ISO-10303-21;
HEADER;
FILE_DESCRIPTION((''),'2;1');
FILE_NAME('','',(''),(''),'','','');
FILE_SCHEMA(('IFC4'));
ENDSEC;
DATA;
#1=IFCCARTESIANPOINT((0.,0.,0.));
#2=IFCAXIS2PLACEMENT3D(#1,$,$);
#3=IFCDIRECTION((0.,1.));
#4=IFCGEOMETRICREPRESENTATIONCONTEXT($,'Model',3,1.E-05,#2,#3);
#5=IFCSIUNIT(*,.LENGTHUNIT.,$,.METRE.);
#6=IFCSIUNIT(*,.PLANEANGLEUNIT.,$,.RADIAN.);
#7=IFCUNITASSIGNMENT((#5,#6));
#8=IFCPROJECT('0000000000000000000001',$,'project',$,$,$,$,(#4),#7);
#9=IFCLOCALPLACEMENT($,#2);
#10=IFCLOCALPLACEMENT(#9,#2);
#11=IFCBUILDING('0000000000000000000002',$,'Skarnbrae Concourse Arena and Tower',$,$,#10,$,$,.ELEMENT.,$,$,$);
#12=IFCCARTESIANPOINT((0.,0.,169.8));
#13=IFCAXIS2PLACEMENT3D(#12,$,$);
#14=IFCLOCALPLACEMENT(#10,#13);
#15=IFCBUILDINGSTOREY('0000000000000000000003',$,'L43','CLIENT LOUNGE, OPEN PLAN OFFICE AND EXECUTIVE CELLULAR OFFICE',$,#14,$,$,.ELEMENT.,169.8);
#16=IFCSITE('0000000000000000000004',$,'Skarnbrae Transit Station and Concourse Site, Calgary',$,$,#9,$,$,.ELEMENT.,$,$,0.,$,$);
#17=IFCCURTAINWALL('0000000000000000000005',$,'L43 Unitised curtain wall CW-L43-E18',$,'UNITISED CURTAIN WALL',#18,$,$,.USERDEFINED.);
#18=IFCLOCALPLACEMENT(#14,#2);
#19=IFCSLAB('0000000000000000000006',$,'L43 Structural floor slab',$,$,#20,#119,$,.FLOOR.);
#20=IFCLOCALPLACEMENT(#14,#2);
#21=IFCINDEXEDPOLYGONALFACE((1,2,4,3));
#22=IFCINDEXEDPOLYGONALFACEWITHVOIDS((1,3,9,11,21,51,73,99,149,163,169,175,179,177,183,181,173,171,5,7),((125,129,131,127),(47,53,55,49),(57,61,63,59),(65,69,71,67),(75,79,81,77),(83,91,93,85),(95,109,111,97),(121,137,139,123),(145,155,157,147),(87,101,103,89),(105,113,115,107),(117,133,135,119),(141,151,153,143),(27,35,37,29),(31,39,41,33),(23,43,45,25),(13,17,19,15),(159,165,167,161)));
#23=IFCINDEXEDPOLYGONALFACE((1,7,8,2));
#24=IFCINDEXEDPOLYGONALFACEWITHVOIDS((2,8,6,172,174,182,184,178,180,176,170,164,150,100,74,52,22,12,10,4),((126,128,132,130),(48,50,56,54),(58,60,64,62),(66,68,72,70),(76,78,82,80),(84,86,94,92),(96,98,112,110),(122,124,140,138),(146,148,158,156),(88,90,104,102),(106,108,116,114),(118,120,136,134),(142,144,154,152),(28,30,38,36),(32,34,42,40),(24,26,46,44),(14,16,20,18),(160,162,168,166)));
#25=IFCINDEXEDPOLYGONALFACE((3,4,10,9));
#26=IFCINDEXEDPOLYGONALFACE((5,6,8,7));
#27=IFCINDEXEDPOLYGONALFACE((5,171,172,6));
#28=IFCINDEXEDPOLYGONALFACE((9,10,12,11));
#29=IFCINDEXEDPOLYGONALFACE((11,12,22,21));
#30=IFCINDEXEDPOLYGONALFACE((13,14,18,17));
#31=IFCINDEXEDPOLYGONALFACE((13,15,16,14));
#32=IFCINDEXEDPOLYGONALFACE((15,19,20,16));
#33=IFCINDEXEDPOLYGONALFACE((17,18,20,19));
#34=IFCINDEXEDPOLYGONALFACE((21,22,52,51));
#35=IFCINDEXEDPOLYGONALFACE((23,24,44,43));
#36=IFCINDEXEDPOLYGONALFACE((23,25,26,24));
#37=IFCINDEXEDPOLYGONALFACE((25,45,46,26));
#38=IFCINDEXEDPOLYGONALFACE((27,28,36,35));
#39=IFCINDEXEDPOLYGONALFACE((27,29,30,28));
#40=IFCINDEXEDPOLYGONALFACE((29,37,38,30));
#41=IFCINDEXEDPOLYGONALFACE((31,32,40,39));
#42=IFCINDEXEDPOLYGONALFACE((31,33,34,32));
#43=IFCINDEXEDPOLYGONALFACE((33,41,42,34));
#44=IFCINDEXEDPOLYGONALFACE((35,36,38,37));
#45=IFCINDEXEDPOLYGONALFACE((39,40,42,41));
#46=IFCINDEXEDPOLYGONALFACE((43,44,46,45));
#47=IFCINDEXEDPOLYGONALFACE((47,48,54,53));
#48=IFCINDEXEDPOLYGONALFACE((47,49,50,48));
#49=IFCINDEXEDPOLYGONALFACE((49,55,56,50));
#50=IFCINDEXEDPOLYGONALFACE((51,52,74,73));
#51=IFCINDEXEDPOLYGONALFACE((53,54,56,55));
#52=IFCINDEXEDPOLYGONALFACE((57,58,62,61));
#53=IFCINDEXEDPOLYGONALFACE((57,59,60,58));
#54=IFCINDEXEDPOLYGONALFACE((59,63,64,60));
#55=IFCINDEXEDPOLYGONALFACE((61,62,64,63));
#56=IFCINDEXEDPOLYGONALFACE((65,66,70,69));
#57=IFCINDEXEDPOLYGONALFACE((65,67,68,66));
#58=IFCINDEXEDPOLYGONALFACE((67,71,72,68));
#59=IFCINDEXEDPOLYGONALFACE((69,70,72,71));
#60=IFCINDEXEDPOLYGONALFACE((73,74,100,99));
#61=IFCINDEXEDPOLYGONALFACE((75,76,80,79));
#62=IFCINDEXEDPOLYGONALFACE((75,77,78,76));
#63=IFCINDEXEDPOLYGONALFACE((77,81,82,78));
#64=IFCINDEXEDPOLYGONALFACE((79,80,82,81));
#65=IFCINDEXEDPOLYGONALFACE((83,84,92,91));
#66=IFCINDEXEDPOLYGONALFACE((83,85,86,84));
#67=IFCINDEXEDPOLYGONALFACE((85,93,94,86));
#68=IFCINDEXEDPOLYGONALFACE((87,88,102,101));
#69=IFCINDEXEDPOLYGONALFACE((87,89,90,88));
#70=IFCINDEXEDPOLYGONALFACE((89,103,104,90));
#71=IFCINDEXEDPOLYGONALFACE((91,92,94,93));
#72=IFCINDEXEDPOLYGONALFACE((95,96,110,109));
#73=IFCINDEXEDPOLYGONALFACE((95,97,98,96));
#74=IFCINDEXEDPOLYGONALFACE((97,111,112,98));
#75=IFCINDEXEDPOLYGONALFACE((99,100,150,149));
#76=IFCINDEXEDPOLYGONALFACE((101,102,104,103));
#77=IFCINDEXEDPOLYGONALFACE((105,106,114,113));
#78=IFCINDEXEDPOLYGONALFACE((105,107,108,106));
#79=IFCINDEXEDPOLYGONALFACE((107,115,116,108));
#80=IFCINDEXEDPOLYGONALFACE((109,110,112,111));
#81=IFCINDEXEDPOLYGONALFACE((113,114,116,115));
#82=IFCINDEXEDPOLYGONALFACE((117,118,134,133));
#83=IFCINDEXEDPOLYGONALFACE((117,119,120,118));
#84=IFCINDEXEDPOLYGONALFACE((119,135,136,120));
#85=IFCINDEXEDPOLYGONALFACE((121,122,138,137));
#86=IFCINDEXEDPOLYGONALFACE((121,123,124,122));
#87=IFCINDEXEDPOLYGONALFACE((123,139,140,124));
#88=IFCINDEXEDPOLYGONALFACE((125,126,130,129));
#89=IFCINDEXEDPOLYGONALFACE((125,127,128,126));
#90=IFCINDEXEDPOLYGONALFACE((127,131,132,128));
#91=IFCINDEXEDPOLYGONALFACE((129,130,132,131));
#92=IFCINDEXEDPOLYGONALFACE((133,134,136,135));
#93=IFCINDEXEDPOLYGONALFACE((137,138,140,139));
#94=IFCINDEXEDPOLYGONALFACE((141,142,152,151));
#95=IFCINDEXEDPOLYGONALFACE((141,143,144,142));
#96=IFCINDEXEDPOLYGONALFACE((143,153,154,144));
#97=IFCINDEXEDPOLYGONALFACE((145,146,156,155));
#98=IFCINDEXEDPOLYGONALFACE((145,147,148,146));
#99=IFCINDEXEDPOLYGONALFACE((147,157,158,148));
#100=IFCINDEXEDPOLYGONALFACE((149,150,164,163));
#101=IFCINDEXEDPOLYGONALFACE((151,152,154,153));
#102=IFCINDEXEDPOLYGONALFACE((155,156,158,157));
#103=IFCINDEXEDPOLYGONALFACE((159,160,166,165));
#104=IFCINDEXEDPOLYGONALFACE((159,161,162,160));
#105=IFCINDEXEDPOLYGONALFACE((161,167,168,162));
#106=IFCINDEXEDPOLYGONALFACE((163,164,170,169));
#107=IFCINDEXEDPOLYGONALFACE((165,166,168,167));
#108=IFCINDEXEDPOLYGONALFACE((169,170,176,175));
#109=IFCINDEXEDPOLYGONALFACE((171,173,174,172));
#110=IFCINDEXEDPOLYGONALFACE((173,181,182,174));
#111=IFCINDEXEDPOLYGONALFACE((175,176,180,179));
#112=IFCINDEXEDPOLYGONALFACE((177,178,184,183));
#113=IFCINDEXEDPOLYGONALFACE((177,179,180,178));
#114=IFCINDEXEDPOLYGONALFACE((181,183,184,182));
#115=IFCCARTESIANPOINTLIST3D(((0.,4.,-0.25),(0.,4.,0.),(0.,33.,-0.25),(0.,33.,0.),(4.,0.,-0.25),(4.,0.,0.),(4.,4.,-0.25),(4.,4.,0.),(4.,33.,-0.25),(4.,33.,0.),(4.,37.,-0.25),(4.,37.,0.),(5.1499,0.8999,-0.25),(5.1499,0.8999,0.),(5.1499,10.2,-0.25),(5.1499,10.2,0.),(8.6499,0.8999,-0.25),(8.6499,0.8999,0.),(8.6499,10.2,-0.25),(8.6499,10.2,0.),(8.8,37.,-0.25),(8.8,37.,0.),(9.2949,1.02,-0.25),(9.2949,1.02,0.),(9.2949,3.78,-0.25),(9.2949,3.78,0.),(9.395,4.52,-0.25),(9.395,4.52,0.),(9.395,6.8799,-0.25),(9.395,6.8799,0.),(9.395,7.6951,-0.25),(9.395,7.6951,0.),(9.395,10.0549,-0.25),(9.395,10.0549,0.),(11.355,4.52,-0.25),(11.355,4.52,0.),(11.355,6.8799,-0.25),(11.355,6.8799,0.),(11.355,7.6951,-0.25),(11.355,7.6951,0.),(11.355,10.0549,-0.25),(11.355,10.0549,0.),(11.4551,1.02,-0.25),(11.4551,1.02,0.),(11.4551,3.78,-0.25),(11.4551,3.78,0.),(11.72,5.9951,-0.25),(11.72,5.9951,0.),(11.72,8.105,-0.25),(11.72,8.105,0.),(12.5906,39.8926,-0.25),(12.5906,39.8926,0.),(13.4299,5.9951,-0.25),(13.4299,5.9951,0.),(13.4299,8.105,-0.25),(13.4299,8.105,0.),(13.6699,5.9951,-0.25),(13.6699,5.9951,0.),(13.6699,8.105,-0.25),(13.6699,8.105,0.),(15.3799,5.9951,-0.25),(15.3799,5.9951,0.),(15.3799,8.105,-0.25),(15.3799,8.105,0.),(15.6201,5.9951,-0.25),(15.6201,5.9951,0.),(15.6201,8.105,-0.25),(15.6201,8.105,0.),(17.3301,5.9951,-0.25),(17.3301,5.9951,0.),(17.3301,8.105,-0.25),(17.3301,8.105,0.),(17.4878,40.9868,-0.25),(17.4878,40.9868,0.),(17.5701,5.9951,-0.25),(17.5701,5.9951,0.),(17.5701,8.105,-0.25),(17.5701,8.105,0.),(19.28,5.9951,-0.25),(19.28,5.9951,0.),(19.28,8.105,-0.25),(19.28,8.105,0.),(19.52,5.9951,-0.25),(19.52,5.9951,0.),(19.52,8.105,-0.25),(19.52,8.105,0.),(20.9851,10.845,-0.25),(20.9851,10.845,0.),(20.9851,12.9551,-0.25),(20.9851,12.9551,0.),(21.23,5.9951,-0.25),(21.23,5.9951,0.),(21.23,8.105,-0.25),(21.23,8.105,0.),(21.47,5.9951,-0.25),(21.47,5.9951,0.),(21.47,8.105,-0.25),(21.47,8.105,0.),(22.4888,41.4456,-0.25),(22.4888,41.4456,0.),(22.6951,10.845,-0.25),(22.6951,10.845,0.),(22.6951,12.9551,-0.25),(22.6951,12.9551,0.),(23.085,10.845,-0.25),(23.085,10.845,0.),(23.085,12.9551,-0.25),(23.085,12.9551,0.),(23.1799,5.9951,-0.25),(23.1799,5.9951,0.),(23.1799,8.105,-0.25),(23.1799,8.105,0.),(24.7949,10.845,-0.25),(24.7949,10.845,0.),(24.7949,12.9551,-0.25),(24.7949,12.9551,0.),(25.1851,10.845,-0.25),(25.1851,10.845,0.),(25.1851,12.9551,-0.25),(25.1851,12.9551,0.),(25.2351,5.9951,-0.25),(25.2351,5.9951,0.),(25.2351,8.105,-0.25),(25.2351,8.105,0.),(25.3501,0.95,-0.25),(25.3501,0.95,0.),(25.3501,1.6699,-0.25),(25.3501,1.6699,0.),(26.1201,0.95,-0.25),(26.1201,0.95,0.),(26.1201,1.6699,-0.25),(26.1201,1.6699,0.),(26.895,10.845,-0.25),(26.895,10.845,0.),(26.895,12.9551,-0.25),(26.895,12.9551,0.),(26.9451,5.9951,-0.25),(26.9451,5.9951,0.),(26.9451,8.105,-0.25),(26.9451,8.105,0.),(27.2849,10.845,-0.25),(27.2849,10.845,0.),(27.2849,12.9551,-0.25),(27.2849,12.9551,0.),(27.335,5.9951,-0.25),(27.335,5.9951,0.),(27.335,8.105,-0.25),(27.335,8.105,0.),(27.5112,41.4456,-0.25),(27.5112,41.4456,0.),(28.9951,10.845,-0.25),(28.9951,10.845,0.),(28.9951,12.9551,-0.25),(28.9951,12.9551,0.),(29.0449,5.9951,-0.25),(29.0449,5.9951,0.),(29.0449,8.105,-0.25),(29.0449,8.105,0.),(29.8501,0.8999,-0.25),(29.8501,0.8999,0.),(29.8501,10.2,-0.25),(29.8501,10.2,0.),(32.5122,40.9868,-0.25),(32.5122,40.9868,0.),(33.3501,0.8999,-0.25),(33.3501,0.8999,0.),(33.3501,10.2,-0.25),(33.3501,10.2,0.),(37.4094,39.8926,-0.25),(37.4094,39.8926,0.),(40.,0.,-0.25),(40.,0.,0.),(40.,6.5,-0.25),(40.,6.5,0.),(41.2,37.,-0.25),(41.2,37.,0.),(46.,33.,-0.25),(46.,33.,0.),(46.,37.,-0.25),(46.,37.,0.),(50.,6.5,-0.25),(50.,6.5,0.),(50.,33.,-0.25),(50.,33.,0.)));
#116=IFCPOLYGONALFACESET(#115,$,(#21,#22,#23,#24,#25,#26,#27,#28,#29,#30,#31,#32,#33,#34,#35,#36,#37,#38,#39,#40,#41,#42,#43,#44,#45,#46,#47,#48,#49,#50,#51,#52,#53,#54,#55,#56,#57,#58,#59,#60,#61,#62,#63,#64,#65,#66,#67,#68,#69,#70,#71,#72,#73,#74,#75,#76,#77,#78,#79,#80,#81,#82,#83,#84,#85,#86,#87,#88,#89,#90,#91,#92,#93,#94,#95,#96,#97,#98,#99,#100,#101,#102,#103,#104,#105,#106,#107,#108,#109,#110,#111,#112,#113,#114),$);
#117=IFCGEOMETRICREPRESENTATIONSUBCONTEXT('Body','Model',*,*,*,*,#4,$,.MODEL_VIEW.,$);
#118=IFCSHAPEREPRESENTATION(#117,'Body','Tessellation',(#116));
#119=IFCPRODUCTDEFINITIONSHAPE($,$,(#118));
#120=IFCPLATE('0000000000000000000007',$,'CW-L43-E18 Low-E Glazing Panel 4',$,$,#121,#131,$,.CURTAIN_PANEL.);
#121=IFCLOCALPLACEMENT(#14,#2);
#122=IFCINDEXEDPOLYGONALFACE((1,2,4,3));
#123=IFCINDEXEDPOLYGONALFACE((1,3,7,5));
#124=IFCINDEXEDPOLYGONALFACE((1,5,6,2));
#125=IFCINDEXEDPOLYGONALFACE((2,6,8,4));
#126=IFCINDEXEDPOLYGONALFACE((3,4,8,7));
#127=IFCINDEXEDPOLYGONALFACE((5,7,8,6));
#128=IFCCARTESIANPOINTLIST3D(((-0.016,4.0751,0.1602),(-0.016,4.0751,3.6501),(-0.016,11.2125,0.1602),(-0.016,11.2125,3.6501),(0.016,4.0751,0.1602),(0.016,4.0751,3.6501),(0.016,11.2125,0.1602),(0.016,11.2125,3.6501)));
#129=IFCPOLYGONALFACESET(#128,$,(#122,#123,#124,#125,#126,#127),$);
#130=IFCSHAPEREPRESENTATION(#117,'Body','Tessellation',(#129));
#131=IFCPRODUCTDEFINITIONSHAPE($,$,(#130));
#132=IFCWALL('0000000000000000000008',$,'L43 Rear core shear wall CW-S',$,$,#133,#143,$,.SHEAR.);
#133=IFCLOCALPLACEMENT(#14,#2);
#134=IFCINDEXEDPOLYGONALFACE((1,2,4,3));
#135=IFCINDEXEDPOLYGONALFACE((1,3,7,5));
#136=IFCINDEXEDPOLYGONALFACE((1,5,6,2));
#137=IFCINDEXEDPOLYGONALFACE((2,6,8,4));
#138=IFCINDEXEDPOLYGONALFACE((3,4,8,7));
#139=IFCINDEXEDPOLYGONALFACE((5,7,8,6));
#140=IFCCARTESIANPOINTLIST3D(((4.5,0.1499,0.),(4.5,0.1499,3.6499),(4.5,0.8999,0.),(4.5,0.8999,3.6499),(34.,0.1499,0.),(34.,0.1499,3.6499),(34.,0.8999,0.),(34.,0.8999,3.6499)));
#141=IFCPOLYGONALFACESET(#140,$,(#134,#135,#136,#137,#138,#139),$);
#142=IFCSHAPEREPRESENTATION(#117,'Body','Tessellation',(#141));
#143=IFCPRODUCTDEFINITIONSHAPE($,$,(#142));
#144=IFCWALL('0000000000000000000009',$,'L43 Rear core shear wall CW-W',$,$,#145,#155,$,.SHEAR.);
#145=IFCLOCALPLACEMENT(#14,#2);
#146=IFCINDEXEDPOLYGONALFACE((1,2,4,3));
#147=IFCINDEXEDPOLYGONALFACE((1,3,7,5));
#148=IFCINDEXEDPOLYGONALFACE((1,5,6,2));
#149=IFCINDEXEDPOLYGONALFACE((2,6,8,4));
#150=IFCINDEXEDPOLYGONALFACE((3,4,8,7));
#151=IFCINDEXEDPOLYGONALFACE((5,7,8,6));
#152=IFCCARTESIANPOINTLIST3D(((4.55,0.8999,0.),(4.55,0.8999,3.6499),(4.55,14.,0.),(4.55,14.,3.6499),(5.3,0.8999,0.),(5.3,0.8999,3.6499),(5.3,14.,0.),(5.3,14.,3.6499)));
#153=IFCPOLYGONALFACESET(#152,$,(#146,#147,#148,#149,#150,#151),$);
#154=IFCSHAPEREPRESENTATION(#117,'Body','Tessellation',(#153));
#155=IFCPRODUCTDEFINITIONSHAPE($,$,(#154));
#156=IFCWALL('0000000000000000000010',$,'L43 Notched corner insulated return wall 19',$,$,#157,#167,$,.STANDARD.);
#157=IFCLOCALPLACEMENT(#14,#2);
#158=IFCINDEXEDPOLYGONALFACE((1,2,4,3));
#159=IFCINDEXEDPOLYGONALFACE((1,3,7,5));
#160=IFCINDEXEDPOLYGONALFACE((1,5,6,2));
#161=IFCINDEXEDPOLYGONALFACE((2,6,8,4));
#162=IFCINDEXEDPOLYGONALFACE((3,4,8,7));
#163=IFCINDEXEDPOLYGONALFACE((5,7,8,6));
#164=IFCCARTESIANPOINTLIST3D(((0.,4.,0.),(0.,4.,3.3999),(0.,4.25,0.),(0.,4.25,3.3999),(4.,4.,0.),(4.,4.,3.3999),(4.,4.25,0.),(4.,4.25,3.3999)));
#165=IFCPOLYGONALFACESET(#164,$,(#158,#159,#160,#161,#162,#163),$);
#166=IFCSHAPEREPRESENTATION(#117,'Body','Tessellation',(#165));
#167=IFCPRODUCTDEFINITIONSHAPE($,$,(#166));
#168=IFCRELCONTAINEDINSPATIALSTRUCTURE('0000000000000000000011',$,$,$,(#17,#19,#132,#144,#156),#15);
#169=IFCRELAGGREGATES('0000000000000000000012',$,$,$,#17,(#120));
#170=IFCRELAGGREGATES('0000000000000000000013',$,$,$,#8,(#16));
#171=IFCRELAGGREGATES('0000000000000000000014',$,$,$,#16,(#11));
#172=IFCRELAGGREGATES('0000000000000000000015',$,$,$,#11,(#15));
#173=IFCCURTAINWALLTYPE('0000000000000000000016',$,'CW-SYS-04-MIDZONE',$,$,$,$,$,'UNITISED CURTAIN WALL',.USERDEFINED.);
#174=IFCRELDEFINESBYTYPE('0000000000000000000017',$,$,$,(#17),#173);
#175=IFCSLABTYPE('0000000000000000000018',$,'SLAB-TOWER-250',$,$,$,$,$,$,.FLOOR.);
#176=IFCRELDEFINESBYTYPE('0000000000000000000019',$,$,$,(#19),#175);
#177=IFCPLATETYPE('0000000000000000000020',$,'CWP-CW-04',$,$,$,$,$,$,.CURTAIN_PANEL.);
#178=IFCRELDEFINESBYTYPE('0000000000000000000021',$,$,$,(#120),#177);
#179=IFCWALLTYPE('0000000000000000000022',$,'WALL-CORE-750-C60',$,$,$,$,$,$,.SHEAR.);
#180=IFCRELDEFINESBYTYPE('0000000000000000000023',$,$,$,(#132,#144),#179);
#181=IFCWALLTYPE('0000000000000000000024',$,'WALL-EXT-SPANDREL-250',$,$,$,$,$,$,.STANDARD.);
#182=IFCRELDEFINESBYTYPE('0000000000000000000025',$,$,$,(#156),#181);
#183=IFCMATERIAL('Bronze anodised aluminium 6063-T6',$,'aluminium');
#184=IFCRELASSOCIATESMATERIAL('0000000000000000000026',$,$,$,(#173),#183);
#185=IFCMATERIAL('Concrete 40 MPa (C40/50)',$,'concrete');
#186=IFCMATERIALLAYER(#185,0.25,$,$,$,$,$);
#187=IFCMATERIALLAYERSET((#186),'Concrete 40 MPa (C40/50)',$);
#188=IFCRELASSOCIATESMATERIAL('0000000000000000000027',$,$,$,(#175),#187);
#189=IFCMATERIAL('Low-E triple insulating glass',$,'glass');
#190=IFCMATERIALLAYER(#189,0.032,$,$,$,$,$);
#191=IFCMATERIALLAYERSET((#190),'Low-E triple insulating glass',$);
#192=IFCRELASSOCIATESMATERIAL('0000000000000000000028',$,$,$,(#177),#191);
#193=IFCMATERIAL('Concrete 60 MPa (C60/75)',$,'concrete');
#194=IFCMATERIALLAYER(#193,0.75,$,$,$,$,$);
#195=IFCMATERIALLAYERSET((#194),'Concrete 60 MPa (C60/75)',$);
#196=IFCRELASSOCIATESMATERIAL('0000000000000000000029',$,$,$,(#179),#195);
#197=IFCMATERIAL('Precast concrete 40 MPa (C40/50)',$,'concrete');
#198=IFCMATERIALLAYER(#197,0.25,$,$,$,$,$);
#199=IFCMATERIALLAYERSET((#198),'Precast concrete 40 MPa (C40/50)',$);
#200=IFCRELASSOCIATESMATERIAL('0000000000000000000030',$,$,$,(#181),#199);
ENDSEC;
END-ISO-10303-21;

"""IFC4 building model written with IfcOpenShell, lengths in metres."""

from ifc_helpers import new_model, si_unit, direction, frame, frame_2d, origin, origin_2d, place, context, subcontext, project, spatial, polyline, rectangle, outline, extrude, source, transform, mapped, material, layer, layer_set, type_object, element, aggregate, save


model = new_model("IFC4")

# Units and contexts
model_context = context("Model", 3, precision=1e-05, world=origin(), true_north=direction((0.0, 1.0)))
body_context = subcontext(model_context, "Body", "Model", "MODEL_VIEW")
ifc_project = project(units=[si_unit("LENGTHUNIT", "METRE"), si_unit("PLANEANGLEUNIT", "RADIAN")], contexts=[model_context])

# Site, building, storey
site_placement = place(None, origin())
site = spatial("IfcSite", under=ifc_project, at=site_placement, Name="Skarnbrae Transit Station and Concourse Site, Calgary", CompositionType="ELEMENT", RefElevation=0.0)
building_placement = place(site_placement, origin())
building = spatial("IfcBuilding", under=site, at=building_placement, Name="Skarnbrae Concourse Arena and Tower", CompositionType="ELEMENT")
storey_placement = place(building_placement, frame((0.0, 0.0, 169.8)))
storey = spatial("IfcBuildingStorey", under=building, at=storey_placement, Name="L43", Description="CLIENT LOUNGE, OPEN PLAN OFFICE AND EXECUTIVE CELLULAR OFFICE", CompositionType="ELEMENT", Elevation=169.8)

# Curtain wall
ifc_material_1 = material(Name="Bronze anodised aluminium 6063-T6", Category="aluminium")
curtain_wall_type = type_object("IfcCurtainWallType", Name="CW-SYS-04-MIDZONE", ElementType="UNITISED CURTAIN WALL", PredefinedType="USERDEFINED", material=ifc_material_1)
curtain_wall_placement = place(storey_placement, origin())
curtain_wall = element("IfcCurtainWall", 1, at=curtain_wall_placement, inside=storey, type_object=curtain_wall_type, Name="L43 Unitised curtain wall CW-L43-E18", ObjectType="UNITISED CURTAIN WALL", PredefinedType="USERDEFINED")

# Shared definitions
ifc_material_2 = material(Name="Concrete 40 MPa (C40/50)", Category="concrete")

# Slab
ifc_layer_1 = layer(ifc_material_2, 0.25)
ifc_layer_set_1 = layer_set([ifc_layer_1], Name="Concrete 40 MPa (C40/50)")
slab_type_1 = type_object("IfcSlabType", Name="SLAB-TOWER-250", PredefinedType="FLOOR", material=ifc_layer_set_1)
slab_1_placement = place(storey_placement, frame((0.0, 0.0, -0.25)))
element("IfcSlab", 2, at=slab_1_placement, inside=storey, type_object=slab_type_1, Name="L43 Structural floor slab", PredefinedType="FLOOR", context=body_context, shape_type="SweptSolid", body=[
    extrude(outline(polyline([(4.0, 0.0), (40.0, 0.0), (40.0, 6.5), (50.0, 6.5), (50.0, 33.0), (46.0, 33.0), (46.0, 37.0), (41.2, 37.0), (37.4094, 39.8926), (32.5122, 40.9868), (27.5112, 41.4456), (22.4888, 41.4456), (17.4878, 40.9868), (12.5906, 39.8926), (8.8, 37.0), (4.0, 37.0), (4.0, 33.0), (0.0, 33.0), (0.0, 4.0), (4.0, 4.0), (4.0, 0.0)]), holes=[polyline([(9.2949, 3.78), (11.4551, 3.78), (11.4551, 1.02), (9.2949, 1.02), (9.2949, 3.78)]), polyline([(8.6499, 10.2), (8.6499, 0.8999), (5.1499, 0.8999), (5.1499, 10.2), (8.6499, 10.2)]), polyline([(9.395, 6.8799), (11.355, 6.8799), (11.355, 4.52), (9.395, 4.52), (9.395, 6.8799)]), polyline([(11.72, 8.105), (13.4299, 8.105), (13.4299, 5.9951), (11.72, 5.9951), (11.72, 8.105)]), polyline([(13.6699, 8.105), (15.3799, 8.105), (15.3799, 5.9951), (13.6699, 5.9951), (13.6699, 8.105)]), polyline([(15.6201, 8.105), (17.3301, 8.105), (17.3301, 5.9951), (15.6201, 5.9951), (15.6201, 8.105)]), polyline([(17.5701, 8.105), (19.28, 8.105), (19.28, 5.9951), (17.5701, 5.9951), (17.5701, 8.105)]), polyline([(21.23, 8.105), (21.23, 5.9951), (19.52, 5.9951), (19.52, 8.105), (21.23, 8.105)]), polyline([(11.355, 10.0549), (11.355, 7.6951), (9.395, 7.6951), (9.395, 10.0549), (11.355, 10.0549)]), polyline([(25.3501, 1.6699), (26.1201, 1.6699), (26.1201, 0.95), (25.3501, 0.95), (25.3501, 1.6699)]), polyline([(33.3501, 10.2), (33.3501, 0.8999), (29.8501, 0.8999), (29.8501, 10.2), (33.3501, 10.2)]), polyline([(21.47, 8.105), (23.1799, 8.105), (23.1799, 5.9951), (21.47, 5.9951), (21.47, 8.105)]), polyline([(25.2351, 8.105), (26.9451, 8.105), (26.9451, 5.9951), (25.2351, 5.9951), (25.2351, 8.105)]), polyline([(27.335, 8.105), (29.0449, 8.105), (29.0449, 5.9951), (27.335, 5.9951), (27.335, 8.105)]), polyline([(20.9851, 12.9551), (22.6951, 12.9551), (22.6951, 10.845), (20.9851, 10.845), (20.9851, 12.9551)]), polyline([(23.085, 12.9551), (24.7949, 12.9551), (24.7949, 10.845), (23.085, 10.845), (23.085, 12.9551)]), polyline([(26.895, 12.9551), (26.895, 10.845), (25.1851, 10.845), (25.1851, 12.9551), (26.895, 12.9551)]), polyline([(28.9951, 12.9551), (28.9951, 10.845), (27.2849, 10.845), (27.2849, 12.9551), (28.9951, 12.9551)])]), origin(), (0.0, 0.0, 1.0), 0.25),
])

# Plate
ifc_material_3 = material(Name="Low-E triple insulating glass", Category="glass")
ifc_layer_2 = layer(ifc_material_3, 0.032)
ifc_layer_set_2 = layer_set([ifc_layer_2], Name="Low-E triple insulating glass")
plate_type = type_object("IfcPlateType", Name="CWP-CW-04", PredefinedType="CURTAIN_PANEL", material=ifc_layer_set_2)
shared_shape_1 = source(origin(), body_context, "Body", "SweptSolid", [
    extrude(rectangle(XDim=7.1375, YDim=0.032, at=origin_2d()), origin(), (0.0, 0.0, 1.0), 3.49),
])
plate_placement = place(storey_placement, frame((0.0, 7.6438, 0.1602), z_axis=(0.0, 0.0, 1.0), x_axis=(0.0, -1.0, 0.0)))
plate = element("IfcPlate", 3, at=plate_placement, type_object=plate_type, Name="CW-L43-E18 Low-E Glazing Panel 4", PredefinedType="CURTAIN_PANEL", context=body_context, shape_type="MappedRepresentation", body=[
    mapped(shared_shape_1, transform((0.0, 0.0, 0.0))),
])
aggregate(curtain_wall, [plate])

# Walls
ifc_material_4 = material(Name="Concrete 60 MPa (C60/75)", Category="concrete")
ifc_layer_3 = layer(ifc_material_4, 0.75)
ifc_layer_set_3 = layer_set([ifc_layer_3], Name="Concrete 60 MPa (C60/75)")
wall_type_1 = type_object("IfcWallType", Name="WALL-CORE-750-C60", PredefinedType="SHEAR", material=ifc_layer_set_3)
shared_shape_2 = source(origin(), body_context, "Body", "SweptSolid", [
    extrude(rectangle(XDim=29.5, YDim=0.75, at=frame_2d((14.75, 0.0))), origin(), (0.0, 0.0, 1.0), 3.6499),
])
wall_1_placement = place(storey_placement, frame((4.5, 0.5249, 0.0), z_axis=(0.0, 0.0, 1.0), x_axis=(1.0, 0.0, 0.0)))
element("IfcWall", 4, at=wall_1_placement, inside=storey, type_object=wall_type_1, Name="L43 Rear core shear wall CW-S", PredefinedType="SHEAR", context=body_context, shape_type="MappedRepresentation", body=[
    mapped(shared_shape_2, transform((0.0, 0.0, 0.0))),
])
shared_shape_3 = source(origin(), body_context, "Body", "SweptSolid", [
    extrude(rectangle(XDim=13.1001, YDim=0.75, at=frame_2d((6.55, 0.0))), origin(), (0.0, 0.0, 1.0), 3.6499),
])
wall_2_placement = place(storey_placement, frame((4.925, 0.8999, 0.0), z_axis=(0.0, 0.0, 1.0), x_axis=(0.0, 1.0, 0.0)))
element("IfcWall", 5, at=wall_2_placement, inside=storey, type_object=wall_type_1, Name="L43 Rear core shear wall CW-W", PredefinedType="SHEAR", context=body_context, shape_type="MappedRepresentation", body=[
    mapped(shared_shape_3, transform((0.0, 0.0, 0.0))),
])
ifc_material_5 = material(Name="Precast concrete 40 MPa (C40/50)", Category="concrete")
ifc_layer_4 = layer(ifc_material_5, 0.25)
ifc_layer_set_4 = layer_set([ifc_layer_4], Name="Precast concrete 40 MPa (C40/50)")
wall_type_2 = type_object("IfcWallType", Name="WALL-EXT-SPANDREL-250", PredefinedType="STANDARD", material=ifc_layer_set_4)
shared_shape_4 = source(origin(), body_context, "Body", "SweptSolid", [
    extrude(rectangle(XDim=4.0, YDim=0.25, at=frame_2d((2.0, 0.0))), origin(), (0.0, 0.0, 1.0), 3.3999),
])
for number, where, z_axis, x_axis, name in (
    (6, (0.0, 4.125, 0.0), (0.0, 0.0, 1.0), (1.0, 0.0, 0.0), "L43 Notched corner insulated return wall 19"),
):
    element("IfcWall", number, at=place(storey_placement, frame(where, z_axis=z_axis, x_axis=x_axis)), inside=storey, type_object=wall_type_2, Name=name, PredefinedType="STANDARD", context=body_context, shape_type="MappedRepresentation", body=[
        mapped(shared_shape_4, transform((0.0, 0.0, 0.0))),
    ])

save(model, "model.ifc")
